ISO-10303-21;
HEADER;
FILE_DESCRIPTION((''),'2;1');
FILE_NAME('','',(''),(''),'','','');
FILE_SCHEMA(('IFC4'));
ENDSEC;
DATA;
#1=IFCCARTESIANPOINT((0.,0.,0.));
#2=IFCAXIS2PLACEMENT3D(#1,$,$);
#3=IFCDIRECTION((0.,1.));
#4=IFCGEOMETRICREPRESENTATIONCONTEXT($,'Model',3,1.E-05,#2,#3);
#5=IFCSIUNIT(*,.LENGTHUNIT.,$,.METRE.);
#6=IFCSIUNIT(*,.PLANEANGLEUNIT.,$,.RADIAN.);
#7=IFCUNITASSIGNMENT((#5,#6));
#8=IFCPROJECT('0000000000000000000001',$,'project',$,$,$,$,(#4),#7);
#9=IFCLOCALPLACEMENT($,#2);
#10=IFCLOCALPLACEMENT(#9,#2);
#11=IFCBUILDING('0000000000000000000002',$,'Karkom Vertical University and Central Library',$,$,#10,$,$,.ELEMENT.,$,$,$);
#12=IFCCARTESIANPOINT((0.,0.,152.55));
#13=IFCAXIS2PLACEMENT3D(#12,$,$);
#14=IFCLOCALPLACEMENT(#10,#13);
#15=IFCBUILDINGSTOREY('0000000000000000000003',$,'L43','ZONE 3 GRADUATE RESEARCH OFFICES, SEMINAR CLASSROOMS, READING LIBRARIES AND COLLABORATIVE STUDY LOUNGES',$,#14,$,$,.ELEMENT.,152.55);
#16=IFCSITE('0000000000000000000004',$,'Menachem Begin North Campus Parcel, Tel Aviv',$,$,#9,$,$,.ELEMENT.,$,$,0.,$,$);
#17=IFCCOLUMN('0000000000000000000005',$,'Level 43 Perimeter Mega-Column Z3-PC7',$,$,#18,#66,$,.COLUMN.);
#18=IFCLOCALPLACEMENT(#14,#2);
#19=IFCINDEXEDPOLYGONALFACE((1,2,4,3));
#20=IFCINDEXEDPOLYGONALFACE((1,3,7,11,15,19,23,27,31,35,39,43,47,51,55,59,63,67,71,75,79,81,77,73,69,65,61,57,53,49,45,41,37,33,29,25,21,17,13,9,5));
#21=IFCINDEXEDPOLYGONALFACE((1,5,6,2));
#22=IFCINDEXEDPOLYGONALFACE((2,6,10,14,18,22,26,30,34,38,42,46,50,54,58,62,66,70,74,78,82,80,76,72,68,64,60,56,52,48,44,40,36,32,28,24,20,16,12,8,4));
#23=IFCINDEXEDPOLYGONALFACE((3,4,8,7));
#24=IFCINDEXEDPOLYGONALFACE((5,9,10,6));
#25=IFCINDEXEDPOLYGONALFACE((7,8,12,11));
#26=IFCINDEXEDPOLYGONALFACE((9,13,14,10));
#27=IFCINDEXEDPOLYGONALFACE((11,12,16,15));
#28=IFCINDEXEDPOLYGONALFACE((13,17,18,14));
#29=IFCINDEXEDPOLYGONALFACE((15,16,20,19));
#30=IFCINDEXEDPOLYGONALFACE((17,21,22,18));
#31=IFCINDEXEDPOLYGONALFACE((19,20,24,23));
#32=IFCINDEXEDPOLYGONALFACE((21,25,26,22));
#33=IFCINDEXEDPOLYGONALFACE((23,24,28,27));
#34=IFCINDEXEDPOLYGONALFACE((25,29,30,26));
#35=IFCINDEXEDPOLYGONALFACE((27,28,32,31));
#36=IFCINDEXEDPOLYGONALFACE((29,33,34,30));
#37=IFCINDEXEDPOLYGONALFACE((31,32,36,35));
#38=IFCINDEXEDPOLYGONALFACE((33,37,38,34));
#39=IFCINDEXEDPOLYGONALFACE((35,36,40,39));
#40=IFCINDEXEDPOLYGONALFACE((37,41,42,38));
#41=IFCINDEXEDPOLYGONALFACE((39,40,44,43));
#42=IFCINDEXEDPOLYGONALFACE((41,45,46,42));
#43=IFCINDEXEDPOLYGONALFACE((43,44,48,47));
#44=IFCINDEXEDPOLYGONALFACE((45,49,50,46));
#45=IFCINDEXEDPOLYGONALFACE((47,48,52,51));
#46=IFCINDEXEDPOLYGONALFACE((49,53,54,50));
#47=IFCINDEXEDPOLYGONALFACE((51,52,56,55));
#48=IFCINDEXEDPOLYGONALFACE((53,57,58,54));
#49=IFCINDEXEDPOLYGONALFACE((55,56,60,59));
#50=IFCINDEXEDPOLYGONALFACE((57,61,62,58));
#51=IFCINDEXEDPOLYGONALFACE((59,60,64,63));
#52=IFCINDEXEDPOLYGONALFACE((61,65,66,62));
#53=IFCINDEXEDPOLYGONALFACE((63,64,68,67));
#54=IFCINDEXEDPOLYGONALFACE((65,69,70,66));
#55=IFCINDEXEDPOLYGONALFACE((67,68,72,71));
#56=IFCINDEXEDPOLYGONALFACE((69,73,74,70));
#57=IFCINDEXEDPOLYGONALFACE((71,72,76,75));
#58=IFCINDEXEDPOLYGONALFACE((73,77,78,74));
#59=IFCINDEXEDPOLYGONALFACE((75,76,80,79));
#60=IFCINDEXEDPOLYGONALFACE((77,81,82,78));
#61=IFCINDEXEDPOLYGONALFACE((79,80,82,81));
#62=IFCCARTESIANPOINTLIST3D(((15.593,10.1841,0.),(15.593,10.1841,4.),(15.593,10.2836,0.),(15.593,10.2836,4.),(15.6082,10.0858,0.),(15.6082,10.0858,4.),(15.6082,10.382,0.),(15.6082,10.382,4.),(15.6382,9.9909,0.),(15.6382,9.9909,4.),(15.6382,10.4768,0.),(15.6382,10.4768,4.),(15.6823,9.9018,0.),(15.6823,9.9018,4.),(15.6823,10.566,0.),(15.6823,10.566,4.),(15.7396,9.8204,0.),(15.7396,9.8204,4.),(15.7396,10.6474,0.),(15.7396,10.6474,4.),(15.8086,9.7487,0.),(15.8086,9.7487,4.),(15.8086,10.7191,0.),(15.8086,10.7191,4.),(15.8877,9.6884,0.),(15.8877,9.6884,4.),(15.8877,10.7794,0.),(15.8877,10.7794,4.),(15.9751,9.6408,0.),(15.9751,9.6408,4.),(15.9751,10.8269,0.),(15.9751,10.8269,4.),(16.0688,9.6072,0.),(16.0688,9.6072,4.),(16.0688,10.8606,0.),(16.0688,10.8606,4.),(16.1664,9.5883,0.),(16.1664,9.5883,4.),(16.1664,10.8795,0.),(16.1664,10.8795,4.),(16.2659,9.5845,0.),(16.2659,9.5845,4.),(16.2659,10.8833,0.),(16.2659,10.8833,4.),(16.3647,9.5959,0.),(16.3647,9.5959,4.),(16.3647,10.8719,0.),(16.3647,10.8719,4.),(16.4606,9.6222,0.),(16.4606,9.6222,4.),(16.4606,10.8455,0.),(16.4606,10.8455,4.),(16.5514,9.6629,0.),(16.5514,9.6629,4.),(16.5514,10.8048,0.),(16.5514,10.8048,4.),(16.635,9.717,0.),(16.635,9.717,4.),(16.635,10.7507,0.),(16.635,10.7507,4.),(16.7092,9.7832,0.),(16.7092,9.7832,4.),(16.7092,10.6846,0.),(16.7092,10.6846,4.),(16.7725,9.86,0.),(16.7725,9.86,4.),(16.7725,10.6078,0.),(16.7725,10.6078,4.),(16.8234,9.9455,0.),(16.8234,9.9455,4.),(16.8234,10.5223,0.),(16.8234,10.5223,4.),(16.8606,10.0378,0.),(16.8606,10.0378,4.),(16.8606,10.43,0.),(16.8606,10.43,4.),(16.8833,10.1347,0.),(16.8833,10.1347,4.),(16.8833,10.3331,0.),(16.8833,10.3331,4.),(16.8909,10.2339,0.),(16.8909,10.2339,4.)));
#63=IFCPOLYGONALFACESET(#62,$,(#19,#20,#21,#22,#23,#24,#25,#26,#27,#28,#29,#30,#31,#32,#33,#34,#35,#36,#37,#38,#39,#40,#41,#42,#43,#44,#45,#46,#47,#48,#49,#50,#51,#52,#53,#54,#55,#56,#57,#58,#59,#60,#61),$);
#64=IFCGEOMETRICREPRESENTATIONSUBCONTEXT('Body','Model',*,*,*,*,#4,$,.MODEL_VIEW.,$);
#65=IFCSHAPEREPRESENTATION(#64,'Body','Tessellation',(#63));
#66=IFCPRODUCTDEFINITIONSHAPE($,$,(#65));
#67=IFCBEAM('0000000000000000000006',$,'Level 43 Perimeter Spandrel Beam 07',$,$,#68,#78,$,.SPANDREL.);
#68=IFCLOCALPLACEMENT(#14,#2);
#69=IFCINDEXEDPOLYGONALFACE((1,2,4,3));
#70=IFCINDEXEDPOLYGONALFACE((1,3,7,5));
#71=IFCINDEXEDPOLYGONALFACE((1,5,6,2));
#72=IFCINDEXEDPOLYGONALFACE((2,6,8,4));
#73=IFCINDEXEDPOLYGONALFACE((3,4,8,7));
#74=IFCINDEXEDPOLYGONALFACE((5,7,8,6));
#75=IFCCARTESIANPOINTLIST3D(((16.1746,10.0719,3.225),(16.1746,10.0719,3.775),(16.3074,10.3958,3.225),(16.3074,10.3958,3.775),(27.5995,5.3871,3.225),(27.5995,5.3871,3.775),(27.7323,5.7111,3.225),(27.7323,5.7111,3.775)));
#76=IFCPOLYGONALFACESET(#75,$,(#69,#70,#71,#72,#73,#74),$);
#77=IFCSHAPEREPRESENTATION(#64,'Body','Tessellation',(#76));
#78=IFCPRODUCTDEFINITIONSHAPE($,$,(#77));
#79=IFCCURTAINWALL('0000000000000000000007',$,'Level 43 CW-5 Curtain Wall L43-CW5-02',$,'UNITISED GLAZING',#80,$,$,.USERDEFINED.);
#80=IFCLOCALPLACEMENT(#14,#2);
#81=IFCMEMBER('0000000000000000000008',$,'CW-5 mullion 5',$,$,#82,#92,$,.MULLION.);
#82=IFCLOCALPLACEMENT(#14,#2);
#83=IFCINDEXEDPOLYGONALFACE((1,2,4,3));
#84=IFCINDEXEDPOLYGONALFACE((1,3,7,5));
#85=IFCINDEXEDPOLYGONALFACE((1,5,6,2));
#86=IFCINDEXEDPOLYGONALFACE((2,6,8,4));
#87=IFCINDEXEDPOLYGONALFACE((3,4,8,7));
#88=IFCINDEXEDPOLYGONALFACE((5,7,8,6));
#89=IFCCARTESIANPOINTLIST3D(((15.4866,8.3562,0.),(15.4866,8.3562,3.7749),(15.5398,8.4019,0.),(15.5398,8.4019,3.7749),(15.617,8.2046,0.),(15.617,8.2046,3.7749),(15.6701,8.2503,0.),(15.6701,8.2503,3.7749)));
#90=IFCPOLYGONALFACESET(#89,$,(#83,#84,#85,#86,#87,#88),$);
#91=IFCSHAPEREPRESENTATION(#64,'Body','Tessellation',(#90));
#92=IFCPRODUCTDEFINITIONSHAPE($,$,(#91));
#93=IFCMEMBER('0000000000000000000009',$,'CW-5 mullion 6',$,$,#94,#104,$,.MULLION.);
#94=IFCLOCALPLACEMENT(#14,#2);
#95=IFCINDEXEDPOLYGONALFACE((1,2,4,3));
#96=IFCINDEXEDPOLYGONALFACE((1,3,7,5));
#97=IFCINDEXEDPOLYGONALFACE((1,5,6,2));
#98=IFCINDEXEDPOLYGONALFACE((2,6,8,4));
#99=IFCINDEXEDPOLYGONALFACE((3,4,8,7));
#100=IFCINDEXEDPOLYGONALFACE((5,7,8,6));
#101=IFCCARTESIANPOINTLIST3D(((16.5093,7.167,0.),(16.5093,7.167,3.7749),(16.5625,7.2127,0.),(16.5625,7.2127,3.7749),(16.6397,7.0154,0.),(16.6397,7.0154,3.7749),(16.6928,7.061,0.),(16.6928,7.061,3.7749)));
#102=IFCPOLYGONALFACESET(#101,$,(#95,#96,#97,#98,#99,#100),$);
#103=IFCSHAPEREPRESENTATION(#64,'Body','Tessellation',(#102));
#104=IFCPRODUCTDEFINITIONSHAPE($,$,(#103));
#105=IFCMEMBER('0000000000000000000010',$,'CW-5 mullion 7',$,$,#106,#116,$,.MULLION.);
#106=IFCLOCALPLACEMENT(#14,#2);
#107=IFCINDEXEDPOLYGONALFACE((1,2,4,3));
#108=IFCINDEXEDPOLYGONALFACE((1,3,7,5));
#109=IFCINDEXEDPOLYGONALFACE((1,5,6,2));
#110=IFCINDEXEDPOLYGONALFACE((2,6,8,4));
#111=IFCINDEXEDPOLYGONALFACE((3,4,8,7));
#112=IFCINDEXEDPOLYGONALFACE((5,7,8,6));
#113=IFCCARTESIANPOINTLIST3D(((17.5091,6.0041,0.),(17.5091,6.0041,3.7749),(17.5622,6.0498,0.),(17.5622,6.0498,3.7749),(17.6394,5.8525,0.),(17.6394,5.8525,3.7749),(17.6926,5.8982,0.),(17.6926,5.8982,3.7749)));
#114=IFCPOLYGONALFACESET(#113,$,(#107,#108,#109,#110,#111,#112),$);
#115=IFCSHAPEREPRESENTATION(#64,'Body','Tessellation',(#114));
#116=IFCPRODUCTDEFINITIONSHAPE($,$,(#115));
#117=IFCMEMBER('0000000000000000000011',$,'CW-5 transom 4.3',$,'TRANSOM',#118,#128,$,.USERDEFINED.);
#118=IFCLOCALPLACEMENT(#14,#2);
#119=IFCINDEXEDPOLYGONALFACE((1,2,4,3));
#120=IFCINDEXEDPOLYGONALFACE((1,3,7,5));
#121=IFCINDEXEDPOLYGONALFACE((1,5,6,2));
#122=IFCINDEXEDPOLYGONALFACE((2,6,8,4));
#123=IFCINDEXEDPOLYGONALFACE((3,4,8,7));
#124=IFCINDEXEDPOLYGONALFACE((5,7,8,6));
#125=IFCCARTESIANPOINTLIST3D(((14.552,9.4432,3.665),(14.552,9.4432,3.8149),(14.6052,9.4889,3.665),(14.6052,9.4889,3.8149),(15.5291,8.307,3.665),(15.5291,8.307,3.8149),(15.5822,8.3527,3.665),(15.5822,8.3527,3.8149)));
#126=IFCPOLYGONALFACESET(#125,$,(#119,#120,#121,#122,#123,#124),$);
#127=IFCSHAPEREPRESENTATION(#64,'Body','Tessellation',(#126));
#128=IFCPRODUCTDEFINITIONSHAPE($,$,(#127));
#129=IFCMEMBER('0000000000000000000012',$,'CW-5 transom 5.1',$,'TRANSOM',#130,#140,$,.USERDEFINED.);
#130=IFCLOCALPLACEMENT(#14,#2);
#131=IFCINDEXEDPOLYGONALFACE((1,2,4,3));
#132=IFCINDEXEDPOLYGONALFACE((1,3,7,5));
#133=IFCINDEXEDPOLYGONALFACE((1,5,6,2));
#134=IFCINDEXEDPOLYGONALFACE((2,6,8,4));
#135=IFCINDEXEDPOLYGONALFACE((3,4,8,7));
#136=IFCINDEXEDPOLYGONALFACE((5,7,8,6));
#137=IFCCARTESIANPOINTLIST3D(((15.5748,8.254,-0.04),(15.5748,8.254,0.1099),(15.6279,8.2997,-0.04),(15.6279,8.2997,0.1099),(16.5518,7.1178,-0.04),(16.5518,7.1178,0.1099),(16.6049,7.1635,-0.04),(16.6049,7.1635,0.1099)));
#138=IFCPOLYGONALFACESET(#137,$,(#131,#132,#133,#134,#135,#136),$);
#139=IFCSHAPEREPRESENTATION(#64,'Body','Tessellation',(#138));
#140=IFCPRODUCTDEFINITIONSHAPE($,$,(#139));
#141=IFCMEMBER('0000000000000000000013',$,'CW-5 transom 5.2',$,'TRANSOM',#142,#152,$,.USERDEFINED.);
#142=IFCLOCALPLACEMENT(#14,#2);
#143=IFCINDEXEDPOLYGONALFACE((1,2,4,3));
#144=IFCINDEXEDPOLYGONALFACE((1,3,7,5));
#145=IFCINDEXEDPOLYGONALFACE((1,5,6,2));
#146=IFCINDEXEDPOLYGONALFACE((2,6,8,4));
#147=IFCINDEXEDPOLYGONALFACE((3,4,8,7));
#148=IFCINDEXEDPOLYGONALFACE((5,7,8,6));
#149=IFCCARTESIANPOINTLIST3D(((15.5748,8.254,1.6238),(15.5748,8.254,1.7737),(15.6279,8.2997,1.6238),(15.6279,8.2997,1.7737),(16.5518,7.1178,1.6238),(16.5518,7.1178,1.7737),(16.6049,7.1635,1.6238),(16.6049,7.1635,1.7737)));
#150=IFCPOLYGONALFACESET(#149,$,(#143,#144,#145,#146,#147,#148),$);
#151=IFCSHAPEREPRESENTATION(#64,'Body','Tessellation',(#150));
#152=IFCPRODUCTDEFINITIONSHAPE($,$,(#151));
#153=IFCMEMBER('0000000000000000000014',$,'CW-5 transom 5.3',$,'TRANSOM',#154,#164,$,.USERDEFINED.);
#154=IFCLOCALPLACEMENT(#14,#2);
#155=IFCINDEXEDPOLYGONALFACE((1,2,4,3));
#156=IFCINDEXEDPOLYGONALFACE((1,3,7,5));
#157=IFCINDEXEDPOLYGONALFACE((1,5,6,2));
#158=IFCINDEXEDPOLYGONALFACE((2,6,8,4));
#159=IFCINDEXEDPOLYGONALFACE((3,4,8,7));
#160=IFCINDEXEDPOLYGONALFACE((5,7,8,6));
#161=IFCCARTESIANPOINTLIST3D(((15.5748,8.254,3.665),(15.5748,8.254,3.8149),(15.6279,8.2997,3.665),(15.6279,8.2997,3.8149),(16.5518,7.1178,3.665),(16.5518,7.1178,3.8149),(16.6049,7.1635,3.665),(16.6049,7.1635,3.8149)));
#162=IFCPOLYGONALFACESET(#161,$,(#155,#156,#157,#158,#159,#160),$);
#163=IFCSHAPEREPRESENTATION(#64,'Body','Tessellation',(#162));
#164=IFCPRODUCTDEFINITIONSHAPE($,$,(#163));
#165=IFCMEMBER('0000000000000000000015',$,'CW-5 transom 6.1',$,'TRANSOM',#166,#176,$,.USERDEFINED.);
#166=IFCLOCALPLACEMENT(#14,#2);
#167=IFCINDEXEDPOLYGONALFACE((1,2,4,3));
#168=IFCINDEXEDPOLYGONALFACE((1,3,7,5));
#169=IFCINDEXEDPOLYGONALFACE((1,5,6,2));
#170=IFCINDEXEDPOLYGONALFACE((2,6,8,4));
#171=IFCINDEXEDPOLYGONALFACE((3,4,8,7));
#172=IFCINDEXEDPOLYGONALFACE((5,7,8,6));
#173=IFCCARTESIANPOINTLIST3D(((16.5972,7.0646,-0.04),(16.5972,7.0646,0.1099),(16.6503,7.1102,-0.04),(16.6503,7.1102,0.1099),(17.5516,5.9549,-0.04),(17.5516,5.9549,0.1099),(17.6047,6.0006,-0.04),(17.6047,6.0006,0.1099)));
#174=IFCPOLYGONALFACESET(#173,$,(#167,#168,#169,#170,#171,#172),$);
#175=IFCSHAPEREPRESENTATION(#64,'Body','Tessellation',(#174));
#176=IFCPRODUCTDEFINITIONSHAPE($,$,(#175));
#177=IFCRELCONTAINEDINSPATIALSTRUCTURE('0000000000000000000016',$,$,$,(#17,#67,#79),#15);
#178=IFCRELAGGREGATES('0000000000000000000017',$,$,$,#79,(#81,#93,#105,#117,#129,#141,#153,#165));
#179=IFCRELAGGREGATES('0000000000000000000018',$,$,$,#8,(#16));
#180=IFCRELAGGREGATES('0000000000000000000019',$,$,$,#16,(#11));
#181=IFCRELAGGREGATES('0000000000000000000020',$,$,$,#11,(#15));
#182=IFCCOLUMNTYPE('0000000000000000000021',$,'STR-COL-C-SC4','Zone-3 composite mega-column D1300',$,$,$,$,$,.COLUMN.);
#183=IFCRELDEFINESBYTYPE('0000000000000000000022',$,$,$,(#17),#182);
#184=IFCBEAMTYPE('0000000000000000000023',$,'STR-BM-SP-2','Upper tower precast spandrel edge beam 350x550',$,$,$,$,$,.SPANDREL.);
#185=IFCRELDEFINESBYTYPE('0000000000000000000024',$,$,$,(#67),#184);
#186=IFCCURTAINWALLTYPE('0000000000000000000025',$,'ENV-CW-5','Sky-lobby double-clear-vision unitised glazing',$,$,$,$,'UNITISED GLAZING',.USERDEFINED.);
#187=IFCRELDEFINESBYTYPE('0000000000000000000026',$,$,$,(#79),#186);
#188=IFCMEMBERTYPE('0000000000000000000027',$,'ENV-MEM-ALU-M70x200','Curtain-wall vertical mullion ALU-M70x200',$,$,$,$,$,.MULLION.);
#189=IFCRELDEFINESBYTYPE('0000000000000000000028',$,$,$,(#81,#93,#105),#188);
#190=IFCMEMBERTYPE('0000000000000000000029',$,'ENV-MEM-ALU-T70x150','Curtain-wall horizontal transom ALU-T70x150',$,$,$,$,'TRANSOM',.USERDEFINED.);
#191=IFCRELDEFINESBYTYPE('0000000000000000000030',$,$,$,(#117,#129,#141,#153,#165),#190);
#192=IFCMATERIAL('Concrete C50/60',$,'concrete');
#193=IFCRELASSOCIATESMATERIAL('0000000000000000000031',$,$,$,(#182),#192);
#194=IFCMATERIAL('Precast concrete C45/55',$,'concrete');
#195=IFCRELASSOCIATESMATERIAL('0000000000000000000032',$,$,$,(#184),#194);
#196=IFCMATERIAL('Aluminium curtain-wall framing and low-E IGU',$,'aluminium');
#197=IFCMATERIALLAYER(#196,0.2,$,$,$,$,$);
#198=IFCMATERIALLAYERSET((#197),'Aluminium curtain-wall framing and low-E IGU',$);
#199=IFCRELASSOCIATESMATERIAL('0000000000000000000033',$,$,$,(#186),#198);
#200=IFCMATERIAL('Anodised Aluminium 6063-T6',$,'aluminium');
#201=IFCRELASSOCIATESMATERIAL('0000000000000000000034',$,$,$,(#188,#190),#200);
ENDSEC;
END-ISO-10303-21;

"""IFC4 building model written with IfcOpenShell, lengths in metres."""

from ifc_helpers import new_model, si_unit, direction, frame, origin, origin_with_axes, origin_2d, place, context, subcontext, project, spatial, rectangle, circle, extrude, source, transform, mapped, material, layer, layer_set, material_profile, profile_set, type_object, element, aggregate, save


model = new_model("IFC4")

# Units and contexts
model_context = context("Model", 3, precision=1e-05, world=origin(), true_north=direction((0.0, 1.0)))
body_context = subcontext(model_context, "Body", "Model", "MODEL_VIEW")
ifc_project = project(units=[si_unit("LENGTHUNIT", "METRE"), si_unit("PLANEANGLEUNIT", "RADIAN")], contexts=[model_context])

# Site, building, storey
site_placement = place(None, origin())
site = spatial("IfcSite", under=ifc_project, at=site_placement, Name="Menachem Begin North Campus Parcel, Tel Aviv", CompositionType="ELEMENT", RefElevation=0.0)
building_placement = place(site_placement, origin())
building = spatial("IfcBuilding", under=site, at=building_placement, Name="Karkom Vertical University and Central Library", CompositionType="ELEMENT")
storey_placement = place(building_placement, frame((0.0, 0.0, 152.55)))
storey = spatial("IfcBuildingStorey", under=building, at=storey_placement, Name="L43", Description="ZONE 3 GRADUATE RESEARCH OFFICES, SEMINAR CLASSROOMS, READING LIBRARIES AND COLLABORATIVE STUDY LOUNGES", CompositionType="ELEMENT", Elevation=152.55)

# Column
ifc_material_1 = material(Name="Concrete C50/60", Category="concrete")
ifc_material_profile_1 = material_profile(ifc_material_1, circle(Radius=0.6499, at=origin_2d()), Name="CFT-D1300")
ifc_profile_set_1 = profile_set([ifc_material_profile_1], Name="Concrete C50/60")
column_type = type_object("IfcColumnType", Name="STR-COL-C-SC4", Description="Zone-3 composite mega-column D1300", PredefinedType="COLUMN", material=ifc_profile_set_1)
shared_shape_1 = source(origin_with_axes(), body_context, "Body", "SweptSolid", [
    extrude(circle(Radius=0.6499, at=origin_2d()), origin(), (0.0, 0.0, 1.0), 4.0),
])
column_placement = place(storey_placement, frame((16.241, 10.2339, 0.0), z_axis=(0.0, 0.0, 1.0), x_axis=(1.0, 0.0, 0.0)))
element("IfcColumn", 1, at=column_placement, inside=storey, type_object=column_type, Name="Level 43 Perimeter Mega-Column Z3-PC7", PredefinedType="COLUMN", context=body_context, shape_type="MappedRepresentation", body=[
    mapped(shared_shape_1, transform((0.0, 0.0, 0.0), scale=1.0)),
])

# Beam
ifc_material_2 = material(Name="Precast concrete C45/55", Category="concrete")
ifc_material_profile_2 = material_profile(ifc_material_2, rectangle(XDim=0.3501, YDim=0.55, at=origin_2d()), Name="SPB-350x550")
ifc_profile_set_2 = profile_set([ifc_material_profile_2], Name="Precast concrete C45/55")
beam_type = type_object("IfcBeamType", Name="STR-BM-SP-2", Description="Upper tower precast spandrel edge beam 350x550", PredefinedType="SPANDREL", material=ifc_profile_set_2)
shared_shape_2 = source(origin_with_axes(), body_context, "Body", "SweptSolid", [
    extrude(rectangle(XDim=0.3501, YDim=0.55, at=origin_2d()), origin(), (0.0, 0.0, 1.0), 12.3481),
])
beam_placement = place(storey_placement, frame((16.241, 10.2339, 3.5), z_axis=(0.925236, -0.379391, 0.0), x_axis=(0.379391, 0.925236, 0.0)))
element("IfcBeam", 2, at=beam_placement, inside=storey, type_object=beam_type, Name="Level 43 Perimeter Spandrel Beam 07", PredefinedType="SPANDREL", context=body_context, shape_type="MappedRepresentation", body=[
    mapped(shared_shape_2, transform((0.0, 0.0, 0.0), scale=1.0)),
])

# Curtain wall, members
ifc_material_3 = material(Name="Aluminium curtain-wall framing and low-E IGU", Category="aluminium")
ifc_layer_1 = layer(ifc_material_3, 0.2)
ifc_layer_set_1 = layer_set([ifc_layer_1], Name="Aluminium curtain-wall framing and low-E IGU")
curtain_wall_type = type_object("IfcCurtainWallType", Name="ENV-CW-5", Description="Sky-lobby double-clear-vision unitised glazing", ElementType="UNITISED GLAZING", PredefinedType="USERDEFINED", material=ifc_layer_set_1)
curtain_wall_placement = place(storey_placement, origin())
curtain_wall = element("IfcCurtainWall", 3, at=curtain_wall_placement, inside=storey, type_object=curtain_wall_type, Name="Level 43 CW-5 Curtain Wall L43-CW5-02", ObjectType="UNITISED GLAZING", PredefinedType="USERDEFINED")
ifc_material_4 = material(Name="Anodised Aluminium 6063-T6", Category="aluminium")
ifc_material_profile_3 = material_profile(ifc_material_4, rectangle(XDim=0.0701, YDim=0.2, at=origin_2d()), Name="ALU-M70x200")
ifc_profile_set_3 = profile_set([ifc_material_profile_3], Name="Anodised Aluminium 6063-T6")
member_type_1 = type_object("IfcMemberType", Name="ENV-MEM-ALU-M70x200", Description="Curtain-wall vertical mullion ALU-M70x200", PredefinedType="MULLION", material=ifc_profile_set_3)
shared_shape_3 = source(origin_with_axes(), body_context, "Body", "SweptSolid", [
    extrude(rectangle(XDim=0.0701, YDim=0.2, at=origin_2d()), origin(), (0.0, 0.0, 1.0), 3.7749),
])
member_1_placement = place(storey_placement, frame((15.5784, 8.3032, 0.0), z_axis=(0.0, 0.0, 1.0), x_axis=(0.758242, 0.651974, 0.0)))
member_1 = element("IfcMember", 4, at=member_1_placement, type_object=member_type_1, Name="CW-5 mullion 5", PredefinedType="MULLION", context=body_context, shape_type="MappedRepresentation", body=[
    mapped(shared_shape_3, transform((0.0, 0.0, 0.0), scale=1.0)),
])
member_2_placement = place(storey_placement, frame((16.6011, 7.114, 0.0), z_axis=(0.0, 0.0, 1.0), x_axis=(0.758242, 0.651974, 0.0)))
member_2 = element("IfcMember", 5, at=member_2_placement, type_object=member_type_1, Name="CW-5 mullion 6", PredefinedType="MULLION", context=body_context, shape_type="MappedRepresentation", body=[
    mapped(shared_shape_3, transform((0.0, 0.0, 0.0), scale=1.0)),
])
member_3_placement = place(storey_placement, frame((17.6008, 5.9512, 0.0), z_axis=(0.0, 0.0, 1.0), x_axis=(0.758242, 0.651974, 0.0)))
member_3 = element("IfcMember", 6, at=member_3_placement, type_object=member_type_1, Name="CW-5 mullion 7", PredefinedType="MULLION", context=body_context, shape_type="MappedRepresentation", body=[
    mapped(shared_shape_3, transform((0.0, 0.0, 0.0), scale=1.0)),
])
ifc_material_profile_4 = material_profile(ifc_material_4, rectangle(XDim=0.0701, YDim=0.1499, at=origin_2d()), Name="ALU-T70x150")
ifc_profile_set_4 = profile_set([ifc_material_profile_4], Name="Anodised Aluminium 6063-T6")
member_type_2 = type_object("IfcMemberType", Name="ENV-MEM-ALU-T70x150", Description="Curtain-wall horizontal transom ALU-T70x150", ElementType="TRANSOM", PredefinedType="USERDEFINED", material=ifc_profile_set_4)
shared_shape_4 = source(origin_with_axes(), body_context, "Body", "SweptSolid", [
    extrude(rectangle(XDim=0.0701, YDim=0.1499, at=origin_2d()), origin(), (0.0, 0.0, 1.0), 1.4985),
])
member_4_placement = place(storey_placement, frame((14.5786, 9.4661, 3.74), z_axis=(0.651998, -0.758221, 0.0), x_axis=(0.758221, 0.651998, 0.0)))
member_4 = element("IfcMember", 7, at=member_4_placement, type_object=member_type_2, Name="CW-5 transom 4.3", ObjectType="TRANSOM", PredefinedType="USERDEFINED", context=body_context, shape_type="MappedRepresentation", body=[
    mapped(shared_shape_4, transform((0.0, 0.0, 0.0), scale=1.0)),
])
member_5_placement = place(storey_placement, frame((15.6013, 8.2769, 0.0349), z_axis=(0.651998, -0.758221, 0.0), x_axis=(0.758221, 0.651998, 0.0)))
member_5 = element("IfcMember", 8, at=member_5_placement, type_object=member_type_2, Name="CW-5 transom 5.1", ObjectType="TRANSOM", PredefinedType="USERDEFINED", context=body_context, shape_type="MappedRepresentation", body=[
    mapped(shared_shape_4, transform((0.0, 0.0, 0.0), scale=1.0)),
])
member_6_placement = place(storey_placement, frame((15.6013, 8.2769, 1.6987), z_axis=(0.651998, -0.758221, 0.0), x_axis=(0.758221, 0.651998, 0.0)))
member_6 = element("IfcMember", 9, at=member_6_placement, type_object=member_type_2, Name="CW-5 transom 5.2", ObjectType="TRANSOM", PredefinedType="USERDEFINED", context=body_context, shape_type="MappedRepresentation", body=[
    mapped(shared_shape_4, transform((0.0, 0.0, 0.0), scale=1.0)),
])
member_7_placement = place(storey_placement, frame((15.6013, 8.2769, 3.74), z_axis=(0.651998, -0.758221, 0.0), x_axis=(0.758221, 0.651998, 0.0)))
member_7 = element("IfcMember", 10, at=member_7_placement, type_object=member_type_2, Name="CW-5 transom 5.3", ObjectType="TRANSOM", PredefinedType="USERDEFINED", context=body_context, shape_type="MappedRepresentation", body=[
    mapped(shared_shape_4, transform((0.0, 0.0, 0.0), scale=1.0)),
])
shared_shape_5 = source(origin_with_axes(), body_context, "Body", "SweptSolid", [
    extrude(rectangle(XDim=0.0701, YDim=0.1499, at=origin_2d()), origin(), (0.0, 0.0, 1.0), 1.4636),
])
member_8_placement = place(storey_placement, frame((16.6238, 7.0874, 0.0349), z_axis=(0.652068, -0.75816, 0.0), x_axis=(0.75816, 0.652068, 0.0)))
member_8 = element("IfcMember", 11, at=member_8_placement, type_object=member_type_2, Name="CW-5 transom 6.1", ObjectType="TRANSOM", PredefinedType="USERDEFINED", context=body_context, shape_type="MappedRepresentation", body=[
    mapped(shared_shape_5, transform((0.0, 0.0, 0.0), scale=1.0)),
])
aggregate(curtain_wall, [member_1, member_2, member_3, member_4, member_5, member_6, member_7, member_8])

save(model, "model.ifc")
